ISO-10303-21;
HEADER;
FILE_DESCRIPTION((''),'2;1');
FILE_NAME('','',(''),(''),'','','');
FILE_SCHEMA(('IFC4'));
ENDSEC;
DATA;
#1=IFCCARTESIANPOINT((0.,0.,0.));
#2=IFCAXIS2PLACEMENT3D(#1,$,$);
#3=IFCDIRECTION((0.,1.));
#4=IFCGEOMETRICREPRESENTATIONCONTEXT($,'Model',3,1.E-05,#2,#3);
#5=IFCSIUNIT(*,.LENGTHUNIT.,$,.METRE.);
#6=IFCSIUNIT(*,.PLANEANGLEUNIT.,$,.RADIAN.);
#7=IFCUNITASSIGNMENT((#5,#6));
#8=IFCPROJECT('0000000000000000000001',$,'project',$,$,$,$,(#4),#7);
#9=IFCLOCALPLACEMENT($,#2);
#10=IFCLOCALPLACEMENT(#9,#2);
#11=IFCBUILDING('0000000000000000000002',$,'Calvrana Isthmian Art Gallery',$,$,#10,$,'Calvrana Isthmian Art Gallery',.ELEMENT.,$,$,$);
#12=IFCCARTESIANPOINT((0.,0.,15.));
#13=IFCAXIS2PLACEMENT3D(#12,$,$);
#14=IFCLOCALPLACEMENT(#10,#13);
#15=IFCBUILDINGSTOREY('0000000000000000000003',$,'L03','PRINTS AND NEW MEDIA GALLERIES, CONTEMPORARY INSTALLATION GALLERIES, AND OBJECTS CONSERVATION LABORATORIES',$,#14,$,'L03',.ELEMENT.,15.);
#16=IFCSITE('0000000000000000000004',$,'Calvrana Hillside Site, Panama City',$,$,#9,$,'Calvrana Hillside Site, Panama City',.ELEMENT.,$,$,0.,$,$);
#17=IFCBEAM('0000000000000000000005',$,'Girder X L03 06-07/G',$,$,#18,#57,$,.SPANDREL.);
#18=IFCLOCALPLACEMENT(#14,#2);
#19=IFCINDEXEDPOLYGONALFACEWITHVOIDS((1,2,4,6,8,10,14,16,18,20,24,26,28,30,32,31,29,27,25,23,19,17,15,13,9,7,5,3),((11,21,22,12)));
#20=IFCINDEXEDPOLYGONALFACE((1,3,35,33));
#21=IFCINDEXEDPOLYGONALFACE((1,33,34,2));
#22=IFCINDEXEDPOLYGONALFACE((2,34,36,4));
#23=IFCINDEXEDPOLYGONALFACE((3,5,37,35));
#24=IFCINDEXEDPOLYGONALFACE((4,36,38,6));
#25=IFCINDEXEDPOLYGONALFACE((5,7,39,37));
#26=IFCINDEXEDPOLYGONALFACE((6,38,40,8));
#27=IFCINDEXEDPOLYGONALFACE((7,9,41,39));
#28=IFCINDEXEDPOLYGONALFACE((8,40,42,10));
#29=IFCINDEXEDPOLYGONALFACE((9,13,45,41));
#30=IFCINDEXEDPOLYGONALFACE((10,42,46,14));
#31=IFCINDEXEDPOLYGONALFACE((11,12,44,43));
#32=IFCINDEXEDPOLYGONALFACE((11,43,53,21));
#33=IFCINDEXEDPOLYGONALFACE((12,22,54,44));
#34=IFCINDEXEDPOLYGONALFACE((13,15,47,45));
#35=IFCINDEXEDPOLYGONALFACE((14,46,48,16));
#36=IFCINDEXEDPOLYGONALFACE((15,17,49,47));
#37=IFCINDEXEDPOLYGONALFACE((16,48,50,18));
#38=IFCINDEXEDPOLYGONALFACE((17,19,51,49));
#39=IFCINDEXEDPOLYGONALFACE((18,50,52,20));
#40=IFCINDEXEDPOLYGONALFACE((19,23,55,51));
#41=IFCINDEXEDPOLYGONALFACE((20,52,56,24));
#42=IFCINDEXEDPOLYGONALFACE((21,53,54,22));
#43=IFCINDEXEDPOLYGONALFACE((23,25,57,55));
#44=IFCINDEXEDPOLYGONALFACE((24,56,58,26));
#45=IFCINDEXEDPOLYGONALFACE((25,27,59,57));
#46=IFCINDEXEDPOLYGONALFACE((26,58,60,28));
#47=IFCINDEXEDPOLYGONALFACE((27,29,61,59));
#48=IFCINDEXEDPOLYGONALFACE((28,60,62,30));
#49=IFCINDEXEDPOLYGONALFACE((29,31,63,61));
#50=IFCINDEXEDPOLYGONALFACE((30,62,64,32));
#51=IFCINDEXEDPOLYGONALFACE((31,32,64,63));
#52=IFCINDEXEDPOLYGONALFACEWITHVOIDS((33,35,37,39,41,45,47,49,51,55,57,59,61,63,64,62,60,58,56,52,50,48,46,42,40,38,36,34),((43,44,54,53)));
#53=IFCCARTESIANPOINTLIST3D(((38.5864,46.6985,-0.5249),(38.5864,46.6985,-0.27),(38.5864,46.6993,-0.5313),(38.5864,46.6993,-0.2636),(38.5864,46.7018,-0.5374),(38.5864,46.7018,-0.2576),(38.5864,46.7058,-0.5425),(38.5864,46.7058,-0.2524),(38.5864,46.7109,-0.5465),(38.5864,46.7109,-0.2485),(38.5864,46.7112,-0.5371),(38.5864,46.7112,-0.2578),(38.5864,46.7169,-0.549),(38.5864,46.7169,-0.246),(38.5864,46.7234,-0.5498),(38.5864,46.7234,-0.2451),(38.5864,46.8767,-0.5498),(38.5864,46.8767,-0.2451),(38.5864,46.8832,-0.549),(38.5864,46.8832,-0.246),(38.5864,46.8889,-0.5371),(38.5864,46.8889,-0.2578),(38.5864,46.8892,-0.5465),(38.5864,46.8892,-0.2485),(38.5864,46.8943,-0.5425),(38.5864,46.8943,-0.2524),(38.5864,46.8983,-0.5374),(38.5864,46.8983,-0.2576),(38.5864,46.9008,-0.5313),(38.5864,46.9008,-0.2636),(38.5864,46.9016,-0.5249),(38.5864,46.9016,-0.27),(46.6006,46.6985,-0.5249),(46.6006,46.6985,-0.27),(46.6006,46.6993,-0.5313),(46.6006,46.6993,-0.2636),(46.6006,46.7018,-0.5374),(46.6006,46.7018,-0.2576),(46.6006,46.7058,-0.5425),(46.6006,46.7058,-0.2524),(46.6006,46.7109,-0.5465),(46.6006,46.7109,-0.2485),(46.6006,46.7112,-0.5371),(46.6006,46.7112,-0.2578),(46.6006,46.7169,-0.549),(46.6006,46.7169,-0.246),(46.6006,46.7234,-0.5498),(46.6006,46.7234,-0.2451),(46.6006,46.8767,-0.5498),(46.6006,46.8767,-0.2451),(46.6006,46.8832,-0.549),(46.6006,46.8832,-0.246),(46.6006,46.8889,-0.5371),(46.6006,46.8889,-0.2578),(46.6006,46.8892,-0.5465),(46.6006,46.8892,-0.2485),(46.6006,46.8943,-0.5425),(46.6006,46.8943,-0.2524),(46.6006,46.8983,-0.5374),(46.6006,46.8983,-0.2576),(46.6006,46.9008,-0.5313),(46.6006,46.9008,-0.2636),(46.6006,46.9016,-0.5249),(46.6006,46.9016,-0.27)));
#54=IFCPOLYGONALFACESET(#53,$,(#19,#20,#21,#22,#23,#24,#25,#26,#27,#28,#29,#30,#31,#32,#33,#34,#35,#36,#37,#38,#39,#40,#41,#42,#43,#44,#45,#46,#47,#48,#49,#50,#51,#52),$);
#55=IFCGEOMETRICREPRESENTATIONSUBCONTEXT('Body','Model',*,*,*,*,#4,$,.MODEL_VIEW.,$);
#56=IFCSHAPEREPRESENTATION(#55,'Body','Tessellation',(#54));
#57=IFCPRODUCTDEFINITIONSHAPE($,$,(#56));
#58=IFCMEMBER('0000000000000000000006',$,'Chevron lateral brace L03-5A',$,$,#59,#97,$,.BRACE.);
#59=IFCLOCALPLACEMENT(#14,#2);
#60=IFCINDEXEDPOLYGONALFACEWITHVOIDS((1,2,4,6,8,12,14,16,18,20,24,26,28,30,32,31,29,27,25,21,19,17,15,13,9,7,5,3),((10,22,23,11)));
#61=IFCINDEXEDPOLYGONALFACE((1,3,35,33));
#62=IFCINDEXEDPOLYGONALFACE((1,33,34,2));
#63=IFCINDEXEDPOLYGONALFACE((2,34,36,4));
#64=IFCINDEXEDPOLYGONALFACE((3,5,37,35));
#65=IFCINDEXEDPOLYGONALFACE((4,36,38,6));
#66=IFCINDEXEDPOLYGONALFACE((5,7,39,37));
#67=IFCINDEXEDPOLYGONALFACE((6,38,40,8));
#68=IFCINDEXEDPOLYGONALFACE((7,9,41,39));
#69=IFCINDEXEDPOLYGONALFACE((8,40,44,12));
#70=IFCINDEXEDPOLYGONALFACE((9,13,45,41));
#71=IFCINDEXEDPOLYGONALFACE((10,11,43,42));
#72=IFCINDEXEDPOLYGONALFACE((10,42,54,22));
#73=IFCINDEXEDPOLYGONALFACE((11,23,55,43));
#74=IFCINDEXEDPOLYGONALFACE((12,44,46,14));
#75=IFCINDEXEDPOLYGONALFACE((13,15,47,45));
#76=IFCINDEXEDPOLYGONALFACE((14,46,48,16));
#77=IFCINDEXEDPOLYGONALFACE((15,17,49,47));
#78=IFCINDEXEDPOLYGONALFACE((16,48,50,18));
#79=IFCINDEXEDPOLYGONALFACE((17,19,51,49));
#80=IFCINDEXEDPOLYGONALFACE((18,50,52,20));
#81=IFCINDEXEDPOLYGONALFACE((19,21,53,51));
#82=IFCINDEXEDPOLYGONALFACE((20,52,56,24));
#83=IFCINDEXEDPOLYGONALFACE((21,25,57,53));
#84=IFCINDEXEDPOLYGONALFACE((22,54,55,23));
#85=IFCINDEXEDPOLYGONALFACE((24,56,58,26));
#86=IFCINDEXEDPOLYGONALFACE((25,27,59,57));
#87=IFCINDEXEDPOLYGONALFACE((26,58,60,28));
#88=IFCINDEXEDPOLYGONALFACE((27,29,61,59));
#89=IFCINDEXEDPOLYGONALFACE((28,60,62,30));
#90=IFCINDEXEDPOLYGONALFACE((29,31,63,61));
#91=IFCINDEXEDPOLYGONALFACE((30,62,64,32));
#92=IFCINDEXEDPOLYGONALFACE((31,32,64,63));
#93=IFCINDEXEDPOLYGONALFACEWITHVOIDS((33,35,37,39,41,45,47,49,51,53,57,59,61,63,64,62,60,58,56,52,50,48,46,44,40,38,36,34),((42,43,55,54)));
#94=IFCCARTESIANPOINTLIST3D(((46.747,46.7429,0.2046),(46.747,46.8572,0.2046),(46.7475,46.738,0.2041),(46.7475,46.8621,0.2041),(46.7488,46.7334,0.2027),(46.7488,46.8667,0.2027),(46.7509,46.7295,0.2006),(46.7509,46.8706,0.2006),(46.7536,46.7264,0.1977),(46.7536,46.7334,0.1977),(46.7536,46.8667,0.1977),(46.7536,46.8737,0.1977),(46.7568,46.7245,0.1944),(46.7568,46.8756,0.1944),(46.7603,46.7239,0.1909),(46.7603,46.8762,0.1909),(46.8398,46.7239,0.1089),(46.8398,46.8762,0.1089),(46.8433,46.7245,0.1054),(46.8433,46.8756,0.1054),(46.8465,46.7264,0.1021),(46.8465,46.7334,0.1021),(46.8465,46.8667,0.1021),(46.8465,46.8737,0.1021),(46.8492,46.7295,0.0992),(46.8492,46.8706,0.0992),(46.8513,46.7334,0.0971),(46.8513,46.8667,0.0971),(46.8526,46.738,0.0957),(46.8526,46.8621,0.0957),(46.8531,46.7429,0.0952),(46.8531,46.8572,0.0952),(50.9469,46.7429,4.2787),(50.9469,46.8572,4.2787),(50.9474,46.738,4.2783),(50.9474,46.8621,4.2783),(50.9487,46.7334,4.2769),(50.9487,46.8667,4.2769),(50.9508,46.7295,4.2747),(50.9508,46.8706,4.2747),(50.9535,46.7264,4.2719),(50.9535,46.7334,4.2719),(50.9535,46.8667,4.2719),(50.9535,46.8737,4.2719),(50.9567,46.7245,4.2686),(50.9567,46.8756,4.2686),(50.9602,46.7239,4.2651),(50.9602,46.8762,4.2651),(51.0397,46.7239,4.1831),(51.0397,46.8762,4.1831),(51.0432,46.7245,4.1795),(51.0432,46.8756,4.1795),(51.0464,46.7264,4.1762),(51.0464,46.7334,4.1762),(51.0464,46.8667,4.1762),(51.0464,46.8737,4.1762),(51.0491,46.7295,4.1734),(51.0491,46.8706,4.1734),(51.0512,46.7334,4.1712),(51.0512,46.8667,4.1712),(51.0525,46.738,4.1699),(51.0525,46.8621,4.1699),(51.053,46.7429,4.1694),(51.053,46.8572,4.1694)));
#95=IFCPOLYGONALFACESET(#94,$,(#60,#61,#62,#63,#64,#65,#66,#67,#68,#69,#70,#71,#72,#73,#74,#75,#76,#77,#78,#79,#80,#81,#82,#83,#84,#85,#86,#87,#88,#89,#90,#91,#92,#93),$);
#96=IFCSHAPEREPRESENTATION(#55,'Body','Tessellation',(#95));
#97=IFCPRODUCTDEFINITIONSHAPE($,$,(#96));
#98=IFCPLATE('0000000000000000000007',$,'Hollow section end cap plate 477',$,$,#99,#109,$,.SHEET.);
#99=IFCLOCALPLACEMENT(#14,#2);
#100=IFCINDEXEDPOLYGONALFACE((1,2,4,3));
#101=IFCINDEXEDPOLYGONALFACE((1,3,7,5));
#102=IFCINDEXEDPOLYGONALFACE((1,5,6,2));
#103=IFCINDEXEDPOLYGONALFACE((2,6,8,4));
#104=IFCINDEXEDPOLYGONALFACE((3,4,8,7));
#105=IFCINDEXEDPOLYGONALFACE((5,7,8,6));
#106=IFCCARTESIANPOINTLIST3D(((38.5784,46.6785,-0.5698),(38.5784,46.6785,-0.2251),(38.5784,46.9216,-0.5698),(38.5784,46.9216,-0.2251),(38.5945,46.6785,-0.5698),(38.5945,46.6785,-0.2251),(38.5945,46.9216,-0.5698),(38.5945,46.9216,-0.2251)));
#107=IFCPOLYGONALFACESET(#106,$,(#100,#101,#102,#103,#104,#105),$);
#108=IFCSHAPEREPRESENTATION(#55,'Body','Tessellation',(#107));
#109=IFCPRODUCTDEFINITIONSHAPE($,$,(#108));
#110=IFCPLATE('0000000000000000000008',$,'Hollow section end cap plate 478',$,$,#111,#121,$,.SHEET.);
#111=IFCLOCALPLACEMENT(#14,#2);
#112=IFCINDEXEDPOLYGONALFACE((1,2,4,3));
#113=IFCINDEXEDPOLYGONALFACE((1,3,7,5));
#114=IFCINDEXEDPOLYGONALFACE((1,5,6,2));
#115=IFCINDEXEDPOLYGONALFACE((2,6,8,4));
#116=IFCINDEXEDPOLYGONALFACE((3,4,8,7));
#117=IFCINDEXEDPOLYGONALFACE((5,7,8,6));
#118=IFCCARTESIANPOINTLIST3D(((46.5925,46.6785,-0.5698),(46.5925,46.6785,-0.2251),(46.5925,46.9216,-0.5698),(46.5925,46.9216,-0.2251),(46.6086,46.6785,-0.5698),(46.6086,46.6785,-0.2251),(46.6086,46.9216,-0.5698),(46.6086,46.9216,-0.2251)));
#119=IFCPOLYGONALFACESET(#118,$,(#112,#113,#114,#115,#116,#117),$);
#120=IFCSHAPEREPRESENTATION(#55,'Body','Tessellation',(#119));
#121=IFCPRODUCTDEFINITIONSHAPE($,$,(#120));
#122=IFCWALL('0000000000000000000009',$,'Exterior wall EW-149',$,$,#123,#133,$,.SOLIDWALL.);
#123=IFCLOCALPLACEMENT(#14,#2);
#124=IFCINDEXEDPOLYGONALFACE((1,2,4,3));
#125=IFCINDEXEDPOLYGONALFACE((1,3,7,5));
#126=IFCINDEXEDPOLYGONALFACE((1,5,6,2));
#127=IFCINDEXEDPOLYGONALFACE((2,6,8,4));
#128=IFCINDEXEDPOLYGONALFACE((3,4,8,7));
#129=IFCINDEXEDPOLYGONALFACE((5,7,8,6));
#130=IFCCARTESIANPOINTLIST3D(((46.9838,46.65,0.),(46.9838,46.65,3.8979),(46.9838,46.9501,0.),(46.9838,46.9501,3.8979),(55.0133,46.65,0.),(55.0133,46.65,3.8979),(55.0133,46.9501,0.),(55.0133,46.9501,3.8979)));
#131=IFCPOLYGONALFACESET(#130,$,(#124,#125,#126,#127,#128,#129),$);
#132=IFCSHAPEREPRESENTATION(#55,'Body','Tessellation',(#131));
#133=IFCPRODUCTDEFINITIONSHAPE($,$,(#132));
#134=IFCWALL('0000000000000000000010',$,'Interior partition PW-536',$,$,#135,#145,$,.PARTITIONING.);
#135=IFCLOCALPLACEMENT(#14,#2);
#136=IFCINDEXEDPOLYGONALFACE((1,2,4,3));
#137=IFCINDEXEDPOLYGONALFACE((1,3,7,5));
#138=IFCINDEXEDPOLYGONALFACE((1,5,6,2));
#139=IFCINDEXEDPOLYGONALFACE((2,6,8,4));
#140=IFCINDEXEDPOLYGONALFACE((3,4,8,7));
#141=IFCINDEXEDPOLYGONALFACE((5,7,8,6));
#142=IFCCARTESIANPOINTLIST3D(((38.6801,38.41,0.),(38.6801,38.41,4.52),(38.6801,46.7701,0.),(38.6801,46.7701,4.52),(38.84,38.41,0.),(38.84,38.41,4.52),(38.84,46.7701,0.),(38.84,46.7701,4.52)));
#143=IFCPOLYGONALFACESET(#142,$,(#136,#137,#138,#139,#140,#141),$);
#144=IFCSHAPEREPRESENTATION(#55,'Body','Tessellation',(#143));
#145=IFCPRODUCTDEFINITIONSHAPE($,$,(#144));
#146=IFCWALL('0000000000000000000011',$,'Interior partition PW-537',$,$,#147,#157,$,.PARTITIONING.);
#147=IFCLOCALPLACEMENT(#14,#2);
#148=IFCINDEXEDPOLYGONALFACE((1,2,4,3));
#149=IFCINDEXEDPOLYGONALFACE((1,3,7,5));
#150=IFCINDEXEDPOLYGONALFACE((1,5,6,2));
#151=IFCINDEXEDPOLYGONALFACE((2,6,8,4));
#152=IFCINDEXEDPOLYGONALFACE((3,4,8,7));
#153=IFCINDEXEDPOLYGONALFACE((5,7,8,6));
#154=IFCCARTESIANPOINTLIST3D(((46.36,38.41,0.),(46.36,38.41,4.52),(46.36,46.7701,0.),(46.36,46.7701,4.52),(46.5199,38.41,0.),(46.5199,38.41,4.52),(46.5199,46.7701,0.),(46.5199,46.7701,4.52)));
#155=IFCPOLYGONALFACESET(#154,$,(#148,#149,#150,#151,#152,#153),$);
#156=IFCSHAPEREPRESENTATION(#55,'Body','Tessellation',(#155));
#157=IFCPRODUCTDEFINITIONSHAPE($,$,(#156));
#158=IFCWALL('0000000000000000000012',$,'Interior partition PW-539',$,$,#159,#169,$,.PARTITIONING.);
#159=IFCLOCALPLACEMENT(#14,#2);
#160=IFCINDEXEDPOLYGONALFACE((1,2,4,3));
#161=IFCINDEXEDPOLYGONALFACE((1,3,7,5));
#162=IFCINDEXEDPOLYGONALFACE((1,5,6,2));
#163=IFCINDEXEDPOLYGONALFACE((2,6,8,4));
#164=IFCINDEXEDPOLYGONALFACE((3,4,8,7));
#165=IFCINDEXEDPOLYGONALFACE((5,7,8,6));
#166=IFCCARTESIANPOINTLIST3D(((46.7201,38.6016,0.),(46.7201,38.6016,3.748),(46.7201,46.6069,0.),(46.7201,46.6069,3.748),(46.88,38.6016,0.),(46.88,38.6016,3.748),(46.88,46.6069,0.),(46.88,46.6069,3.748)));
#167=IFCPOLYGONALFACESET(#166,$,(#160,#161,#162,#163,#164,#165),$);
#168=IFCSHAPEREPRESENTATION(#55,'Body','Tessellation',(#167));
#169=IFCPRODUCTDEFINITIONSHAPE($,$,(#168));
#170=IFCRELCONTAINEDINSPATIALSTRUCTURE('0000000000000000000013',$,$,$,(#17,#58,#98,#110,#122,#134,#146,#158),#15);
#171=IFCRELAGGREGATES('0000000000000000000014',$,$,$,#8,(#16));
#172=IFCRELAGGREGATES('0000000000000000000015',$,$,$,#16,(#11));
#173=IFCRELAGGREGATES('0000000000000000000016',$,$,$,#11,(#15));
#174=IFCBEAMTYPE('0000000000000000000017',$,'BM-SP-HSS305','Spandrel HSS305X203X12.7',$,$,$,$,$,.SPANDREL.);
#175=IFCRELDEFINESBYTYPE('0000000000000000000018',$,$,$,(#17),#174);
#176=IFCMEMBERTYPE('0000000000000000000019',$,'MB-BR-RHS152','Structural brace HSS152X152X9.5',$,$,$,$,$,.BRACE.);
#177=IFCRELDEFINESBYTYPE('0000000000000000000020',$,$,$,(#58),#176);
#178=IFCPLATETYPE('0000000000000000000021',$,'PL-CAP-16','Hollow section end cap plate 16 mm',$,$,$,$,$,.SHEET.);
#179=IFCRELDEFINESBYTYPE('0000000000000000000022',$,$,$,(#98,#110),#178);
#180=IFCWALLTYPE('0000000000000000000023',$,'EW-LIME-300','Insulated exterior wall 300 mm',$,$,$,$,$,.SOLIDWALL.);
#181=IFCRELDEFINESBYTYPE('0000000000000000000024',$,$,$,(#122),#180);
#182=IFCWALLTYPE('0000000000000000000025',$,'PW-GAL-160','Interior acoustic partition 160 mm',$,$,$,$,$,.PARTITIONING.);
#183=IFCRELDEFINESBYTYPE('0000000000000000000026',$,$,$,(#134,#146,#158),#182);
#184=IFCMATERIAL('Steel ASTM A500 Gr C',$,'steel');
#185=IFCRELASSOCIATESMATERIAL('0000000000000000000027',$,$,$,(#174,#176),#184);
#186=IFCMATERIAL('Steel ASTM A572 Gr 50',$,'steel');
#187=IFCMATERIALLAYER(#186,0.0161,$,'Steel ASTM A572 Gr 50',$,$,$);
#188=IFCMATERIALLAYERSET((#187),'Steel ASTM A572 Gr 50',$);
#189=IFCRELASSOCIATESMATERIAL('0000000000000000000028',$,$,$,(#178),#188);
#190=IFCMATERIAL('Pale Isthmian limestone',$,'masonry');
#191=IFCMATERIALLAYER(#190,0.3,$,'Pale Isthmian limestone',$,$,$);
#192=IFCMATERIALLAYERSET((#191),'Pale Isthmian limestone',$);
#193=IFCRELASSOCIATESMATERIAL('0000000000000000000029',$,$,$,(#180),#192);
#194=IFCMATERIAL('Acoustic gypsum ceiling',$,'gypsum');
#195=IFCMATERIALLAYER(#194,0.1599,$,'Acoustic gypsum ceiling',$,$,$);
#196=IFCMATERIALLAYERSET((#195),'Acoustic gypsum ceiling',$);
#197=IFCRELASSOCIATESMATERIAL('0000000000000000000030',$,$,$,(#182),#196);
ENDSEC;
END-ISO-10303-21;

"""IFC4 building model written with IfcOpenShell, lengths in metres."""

from ifc_helpers import new_model, si_unit, direction, frame, frame_2d, origin, origin_2d, place, context, subcontext, project, spatial, rectangle, hollow_rectangle, extrude, material, layer, layer_set, material_profile, profile_set, type_object, element, save


model = new_model("IFC4")

# Units and contexts
model_context = context("Model", 3, precision=1e-05, world=origin(), true_north=direction((0.0, 1.0)))
body_context = subcontext(model_context, "Body", "Model", "MODEL_VIEW")
ifc_project = project(units=[si_unit("LENGTHUNIT", "METRE"), si_unit("PLANEANGLEUNIT", "RADIAN")], contexts=[model_context])

# Site, building, storey
site_placement = place(None, origin())
site = spatial("IfcSite", under=ifc_project, at=site_placement, Name="Calvrana Hillside Site, Panama City", LongName="Calvrana Hillside Site, Panama City", CompositionType="ELEMENT", RefElevation=0.0)
building_placement = place(site_placement, origin())
building = spatial("IfcBuilding", under=site, at=building_placement, Name="Calvrana Isthmian Art Gallery", LongName="Calvrana Isthmian Art Gallery", CompositionType="ELEMENT")
storey_placement = place(building_placement, frame((0.0, 0.0, 15.0)))
storey = spatial("IfcBuildingStorey", under=building, at=storey_placement, Name="L03", Description="PRINTS AND NEW MEDIA GALLERIES, CONTEMPORARY INSTALLATION GALLERIES, AND OBJECTS CONSERVATION LABORATORIES", LongName="L03", CompositionType="ELEMENT", Elevation=15.0)

# Beam
ifc_material_1 = material(Name="Steel ASTM A500 Gr C", Category="steel")
ifc_material_profile_1 = material_profile(ifc_material_1, hollow_rectangle(XDim=0.2031, YDim=0.3047, WallThickness=0.0127, OuterFilletRadius=0.0249, at=origin_2d()), Name="HSS305X203X12.7")
ifc_profile_set_1 = profile_set([ifc_material_profile_1], Name="Steel ASTM A500 Gr C")
beam_type_1 = type_object("IfcBeamType", Name="BM-SP-HSS305", Description="Spandrel HSS305X203X12.7", PredefinedType="SPANDREL", material=ifc_profile_set_1)
beam_1_placement = place(storey_placement, frame((38.5864, 46.8, -0.3975), z_axis=(1.0, 0.0, 0.0), x_axis=(0.0, 1.0, 0.0)))
element("IfcBeam", 1, at=beam_1_placement, inside=storey, type_object=beam_type_1, Name="Girder X L03 06-07/G", PredefinedType="SPANDREL", context=body_context, shape_type="SweptSolid", body=[
    extrude(hollow_rectangle(XDim=0.2031, YDim=0.3047, WallThickness=0.0127, OuterFilletRadius=0.0249, at=origin_2d()), origin(), (0.0, 0.0, 1.0), 8.0142),
])

# Member
ifc_material_profile_2 = material_profile(ifc_material_1, hollow_rectangle(XDim=0.1523, YDim=0.1523, WallThickness=0.0095, OuterFilletRadius=0.019, at=origin_2d()), Name="HSS152X152X9.5")
ifc_profile_set_2 = profile_set([ifc_material_profile_2], Name="Steel ASTM A500 Gr C")
member_type = type_object("IfcMemberType", Name="MB-BR-RHS152", Description="Structural brace HSS152X152X9.5", PredefinedType="BRACE", material=ifc_profile_set_2)
member_placement = place(storey_placement, frame((46.8, 46.8, 0.1499), z_axis=(0.717769, 0.0, 0.696281), x_axis=(0.0, 1.0, 0.0)))
element("IfcMember", 2, at=member_placement, inside=storey, type_object=member_type, Name="Chevron lateral brace L03-5A", PredefinedType="BRACE", context=body_context, shape_type="SweptSolid", body=[
    extrude(hollow_rectangle(XDim=0.1523, YDim=0.1523, WallThickness=0.0095, OuterFilletRadius=0.019, at=origin_2d()), origin(), (0.0, 0.0, 1.0), 5.8513),
])

# Plates
ifc_material_2 = material(Name="Steel ASTM A572 Gr 50", Category="steel")
ifc_layer_1 = layer(ifc_material_2, 0.0161, Name="Steel ASTM A572 Gr 50")
ifc_layer_set_1 = layer_set([ifc_layer_1], Name="Steel ASTM A572 Gr 50")
plate_type = type_object("IfcPlateType", Name="PL-CAP-16", Description="Hollow section end cap plate 16 mm", PredefinedType="SHEET", material=ifc_layer_set_1)
for number, where, z_axis, x_axis, name in (
    (3, (38.5864, 46.8, -0.5698), (0.0, 0.0, 1.0), (1.0, 0.0, 0.0), "Hollow section end cap plate 477"),
    (4, (46.6006, 46.8, -0.5698), (0.0, 0.0, 1.0), (1.0, 0.0, 0.0), "Hollow section end cap plate 478"),
):
    element("IfcPlate", number, at=place(storey_placement, frame(where, z_axis=z_axis, x_axis=x_axis)), inside=storey, type_object=plate_type, Name=name, PredefinedType="SHEET", context=body_context, shape_type="SweptSolid", body=[
        extrude(rectangle(XDim=0.0161, YDim=0.2432, at=origin_2d()), origin(), (0.0, 0.0, 1.0), 0.3447),
    ])

# Walls
ifc_material_3 = material(Name="Pale Isthmian limestone", Category="masonry")
ifc_layer_2 = layer(ifc_material_3, 0.3, Name="Pale Isthmian limestone")
ifc_layer_set_2 = layer_set([ifc_layer_2], Name="Pale Isthmian limestone")
wall_type_1 = type_object("IfcWallType", Name="EW-LIME-300", Description="Insulated exterior wall 300 mm", PredefinedType="SOLIDWALL", material=ifc_layer_set_2)
wall_1_placement = place(storey_placement, frame((46.9839, 46.8, 0.0), z_axis=(0.0, 0.0, 1.0), x_axis=(1.0, 0.0, 0.0)))
element("IfcWall", 5, at=wall_1_placement, inside=storey, type_object=wall_type_1, Name="Exterior wall EW-149", PredefinedType="SOLIDWALL", context=body_context, shape_type="SweptSolid", body=[
    extrude(rectangle(XDim=8.0295, YDim=0.3, at=frame_2d((4.0146, 0.0))), origin(), (0.0, 0.0, 1.0), 3.8979),
])
ifc_material_4 = material(Name="Acoustic gypsum ceiling", Category="gypsum")
ifc_layer_3 = layer(ifc_material_4, 0.1599, Name="Acoustic gypsum ceiling")
ifc_layer_set_3 = layer_set([ifc_layer_3], Name="Acoustic gypsum ceiling")
wall_type_2 = type_object("IfcWallType", Name="PW-GAL-160", Description="Interior acoustic partition 160 mm", PredefinedType="PARTITIONING", material=ifc_layer_set_3)
for number, where, z_axis, x_axis, name in (
    (6, (38.76, 38.4099, 0.0), (0.0, 0.0, 1.0), (0.0, 1.0, 0.0), "Interior partition PW-536"),
    (7, (46.4399, 38.4099, 0.0), (0.0, 0.0, 1.0), (0.0, 1.0, 0.0), "Interior partition PW-537"),
):
    element("IfcWall", number, at=place(storey_placement, frame(where, z_axis=z_axis, x_axis=x_axis)), inside=storey, type_object=wall_type_2, Name=name, PredefinedType="PARTITIONING", context=body_context, shape_type="SweptSolid", body=[
        extrude(rectangle(XDim=8.3601, YDim=0.1599, at=frame_2d((4.1802, 0.0))), origin(), (0.0, 0.0, 1.0), 4.52),
    ])
wall_2_placement = place(storey_placement, frame((46.8, 38.6016, 0.0), z_axis=(0.0, 0.0, 1.0), x_axis=(0.0, 1.0, 0.0)))
element("IfcWall", 8, at=wall_2_placement, inside=storey, type_object=wall_type_2, Name="Interior partition PW-539", PredefinedType="PARTITIONING", context=body_context, shape_type="SweptSolid", body=[
    extrude(rectangle(XDim=8.0054, YDim=0.1599, at=frame_2d((4.0027, 0.0))), origin(), (0.0, 0.0, 1.0), 3.748),
])

save(model, "model.ifc")
